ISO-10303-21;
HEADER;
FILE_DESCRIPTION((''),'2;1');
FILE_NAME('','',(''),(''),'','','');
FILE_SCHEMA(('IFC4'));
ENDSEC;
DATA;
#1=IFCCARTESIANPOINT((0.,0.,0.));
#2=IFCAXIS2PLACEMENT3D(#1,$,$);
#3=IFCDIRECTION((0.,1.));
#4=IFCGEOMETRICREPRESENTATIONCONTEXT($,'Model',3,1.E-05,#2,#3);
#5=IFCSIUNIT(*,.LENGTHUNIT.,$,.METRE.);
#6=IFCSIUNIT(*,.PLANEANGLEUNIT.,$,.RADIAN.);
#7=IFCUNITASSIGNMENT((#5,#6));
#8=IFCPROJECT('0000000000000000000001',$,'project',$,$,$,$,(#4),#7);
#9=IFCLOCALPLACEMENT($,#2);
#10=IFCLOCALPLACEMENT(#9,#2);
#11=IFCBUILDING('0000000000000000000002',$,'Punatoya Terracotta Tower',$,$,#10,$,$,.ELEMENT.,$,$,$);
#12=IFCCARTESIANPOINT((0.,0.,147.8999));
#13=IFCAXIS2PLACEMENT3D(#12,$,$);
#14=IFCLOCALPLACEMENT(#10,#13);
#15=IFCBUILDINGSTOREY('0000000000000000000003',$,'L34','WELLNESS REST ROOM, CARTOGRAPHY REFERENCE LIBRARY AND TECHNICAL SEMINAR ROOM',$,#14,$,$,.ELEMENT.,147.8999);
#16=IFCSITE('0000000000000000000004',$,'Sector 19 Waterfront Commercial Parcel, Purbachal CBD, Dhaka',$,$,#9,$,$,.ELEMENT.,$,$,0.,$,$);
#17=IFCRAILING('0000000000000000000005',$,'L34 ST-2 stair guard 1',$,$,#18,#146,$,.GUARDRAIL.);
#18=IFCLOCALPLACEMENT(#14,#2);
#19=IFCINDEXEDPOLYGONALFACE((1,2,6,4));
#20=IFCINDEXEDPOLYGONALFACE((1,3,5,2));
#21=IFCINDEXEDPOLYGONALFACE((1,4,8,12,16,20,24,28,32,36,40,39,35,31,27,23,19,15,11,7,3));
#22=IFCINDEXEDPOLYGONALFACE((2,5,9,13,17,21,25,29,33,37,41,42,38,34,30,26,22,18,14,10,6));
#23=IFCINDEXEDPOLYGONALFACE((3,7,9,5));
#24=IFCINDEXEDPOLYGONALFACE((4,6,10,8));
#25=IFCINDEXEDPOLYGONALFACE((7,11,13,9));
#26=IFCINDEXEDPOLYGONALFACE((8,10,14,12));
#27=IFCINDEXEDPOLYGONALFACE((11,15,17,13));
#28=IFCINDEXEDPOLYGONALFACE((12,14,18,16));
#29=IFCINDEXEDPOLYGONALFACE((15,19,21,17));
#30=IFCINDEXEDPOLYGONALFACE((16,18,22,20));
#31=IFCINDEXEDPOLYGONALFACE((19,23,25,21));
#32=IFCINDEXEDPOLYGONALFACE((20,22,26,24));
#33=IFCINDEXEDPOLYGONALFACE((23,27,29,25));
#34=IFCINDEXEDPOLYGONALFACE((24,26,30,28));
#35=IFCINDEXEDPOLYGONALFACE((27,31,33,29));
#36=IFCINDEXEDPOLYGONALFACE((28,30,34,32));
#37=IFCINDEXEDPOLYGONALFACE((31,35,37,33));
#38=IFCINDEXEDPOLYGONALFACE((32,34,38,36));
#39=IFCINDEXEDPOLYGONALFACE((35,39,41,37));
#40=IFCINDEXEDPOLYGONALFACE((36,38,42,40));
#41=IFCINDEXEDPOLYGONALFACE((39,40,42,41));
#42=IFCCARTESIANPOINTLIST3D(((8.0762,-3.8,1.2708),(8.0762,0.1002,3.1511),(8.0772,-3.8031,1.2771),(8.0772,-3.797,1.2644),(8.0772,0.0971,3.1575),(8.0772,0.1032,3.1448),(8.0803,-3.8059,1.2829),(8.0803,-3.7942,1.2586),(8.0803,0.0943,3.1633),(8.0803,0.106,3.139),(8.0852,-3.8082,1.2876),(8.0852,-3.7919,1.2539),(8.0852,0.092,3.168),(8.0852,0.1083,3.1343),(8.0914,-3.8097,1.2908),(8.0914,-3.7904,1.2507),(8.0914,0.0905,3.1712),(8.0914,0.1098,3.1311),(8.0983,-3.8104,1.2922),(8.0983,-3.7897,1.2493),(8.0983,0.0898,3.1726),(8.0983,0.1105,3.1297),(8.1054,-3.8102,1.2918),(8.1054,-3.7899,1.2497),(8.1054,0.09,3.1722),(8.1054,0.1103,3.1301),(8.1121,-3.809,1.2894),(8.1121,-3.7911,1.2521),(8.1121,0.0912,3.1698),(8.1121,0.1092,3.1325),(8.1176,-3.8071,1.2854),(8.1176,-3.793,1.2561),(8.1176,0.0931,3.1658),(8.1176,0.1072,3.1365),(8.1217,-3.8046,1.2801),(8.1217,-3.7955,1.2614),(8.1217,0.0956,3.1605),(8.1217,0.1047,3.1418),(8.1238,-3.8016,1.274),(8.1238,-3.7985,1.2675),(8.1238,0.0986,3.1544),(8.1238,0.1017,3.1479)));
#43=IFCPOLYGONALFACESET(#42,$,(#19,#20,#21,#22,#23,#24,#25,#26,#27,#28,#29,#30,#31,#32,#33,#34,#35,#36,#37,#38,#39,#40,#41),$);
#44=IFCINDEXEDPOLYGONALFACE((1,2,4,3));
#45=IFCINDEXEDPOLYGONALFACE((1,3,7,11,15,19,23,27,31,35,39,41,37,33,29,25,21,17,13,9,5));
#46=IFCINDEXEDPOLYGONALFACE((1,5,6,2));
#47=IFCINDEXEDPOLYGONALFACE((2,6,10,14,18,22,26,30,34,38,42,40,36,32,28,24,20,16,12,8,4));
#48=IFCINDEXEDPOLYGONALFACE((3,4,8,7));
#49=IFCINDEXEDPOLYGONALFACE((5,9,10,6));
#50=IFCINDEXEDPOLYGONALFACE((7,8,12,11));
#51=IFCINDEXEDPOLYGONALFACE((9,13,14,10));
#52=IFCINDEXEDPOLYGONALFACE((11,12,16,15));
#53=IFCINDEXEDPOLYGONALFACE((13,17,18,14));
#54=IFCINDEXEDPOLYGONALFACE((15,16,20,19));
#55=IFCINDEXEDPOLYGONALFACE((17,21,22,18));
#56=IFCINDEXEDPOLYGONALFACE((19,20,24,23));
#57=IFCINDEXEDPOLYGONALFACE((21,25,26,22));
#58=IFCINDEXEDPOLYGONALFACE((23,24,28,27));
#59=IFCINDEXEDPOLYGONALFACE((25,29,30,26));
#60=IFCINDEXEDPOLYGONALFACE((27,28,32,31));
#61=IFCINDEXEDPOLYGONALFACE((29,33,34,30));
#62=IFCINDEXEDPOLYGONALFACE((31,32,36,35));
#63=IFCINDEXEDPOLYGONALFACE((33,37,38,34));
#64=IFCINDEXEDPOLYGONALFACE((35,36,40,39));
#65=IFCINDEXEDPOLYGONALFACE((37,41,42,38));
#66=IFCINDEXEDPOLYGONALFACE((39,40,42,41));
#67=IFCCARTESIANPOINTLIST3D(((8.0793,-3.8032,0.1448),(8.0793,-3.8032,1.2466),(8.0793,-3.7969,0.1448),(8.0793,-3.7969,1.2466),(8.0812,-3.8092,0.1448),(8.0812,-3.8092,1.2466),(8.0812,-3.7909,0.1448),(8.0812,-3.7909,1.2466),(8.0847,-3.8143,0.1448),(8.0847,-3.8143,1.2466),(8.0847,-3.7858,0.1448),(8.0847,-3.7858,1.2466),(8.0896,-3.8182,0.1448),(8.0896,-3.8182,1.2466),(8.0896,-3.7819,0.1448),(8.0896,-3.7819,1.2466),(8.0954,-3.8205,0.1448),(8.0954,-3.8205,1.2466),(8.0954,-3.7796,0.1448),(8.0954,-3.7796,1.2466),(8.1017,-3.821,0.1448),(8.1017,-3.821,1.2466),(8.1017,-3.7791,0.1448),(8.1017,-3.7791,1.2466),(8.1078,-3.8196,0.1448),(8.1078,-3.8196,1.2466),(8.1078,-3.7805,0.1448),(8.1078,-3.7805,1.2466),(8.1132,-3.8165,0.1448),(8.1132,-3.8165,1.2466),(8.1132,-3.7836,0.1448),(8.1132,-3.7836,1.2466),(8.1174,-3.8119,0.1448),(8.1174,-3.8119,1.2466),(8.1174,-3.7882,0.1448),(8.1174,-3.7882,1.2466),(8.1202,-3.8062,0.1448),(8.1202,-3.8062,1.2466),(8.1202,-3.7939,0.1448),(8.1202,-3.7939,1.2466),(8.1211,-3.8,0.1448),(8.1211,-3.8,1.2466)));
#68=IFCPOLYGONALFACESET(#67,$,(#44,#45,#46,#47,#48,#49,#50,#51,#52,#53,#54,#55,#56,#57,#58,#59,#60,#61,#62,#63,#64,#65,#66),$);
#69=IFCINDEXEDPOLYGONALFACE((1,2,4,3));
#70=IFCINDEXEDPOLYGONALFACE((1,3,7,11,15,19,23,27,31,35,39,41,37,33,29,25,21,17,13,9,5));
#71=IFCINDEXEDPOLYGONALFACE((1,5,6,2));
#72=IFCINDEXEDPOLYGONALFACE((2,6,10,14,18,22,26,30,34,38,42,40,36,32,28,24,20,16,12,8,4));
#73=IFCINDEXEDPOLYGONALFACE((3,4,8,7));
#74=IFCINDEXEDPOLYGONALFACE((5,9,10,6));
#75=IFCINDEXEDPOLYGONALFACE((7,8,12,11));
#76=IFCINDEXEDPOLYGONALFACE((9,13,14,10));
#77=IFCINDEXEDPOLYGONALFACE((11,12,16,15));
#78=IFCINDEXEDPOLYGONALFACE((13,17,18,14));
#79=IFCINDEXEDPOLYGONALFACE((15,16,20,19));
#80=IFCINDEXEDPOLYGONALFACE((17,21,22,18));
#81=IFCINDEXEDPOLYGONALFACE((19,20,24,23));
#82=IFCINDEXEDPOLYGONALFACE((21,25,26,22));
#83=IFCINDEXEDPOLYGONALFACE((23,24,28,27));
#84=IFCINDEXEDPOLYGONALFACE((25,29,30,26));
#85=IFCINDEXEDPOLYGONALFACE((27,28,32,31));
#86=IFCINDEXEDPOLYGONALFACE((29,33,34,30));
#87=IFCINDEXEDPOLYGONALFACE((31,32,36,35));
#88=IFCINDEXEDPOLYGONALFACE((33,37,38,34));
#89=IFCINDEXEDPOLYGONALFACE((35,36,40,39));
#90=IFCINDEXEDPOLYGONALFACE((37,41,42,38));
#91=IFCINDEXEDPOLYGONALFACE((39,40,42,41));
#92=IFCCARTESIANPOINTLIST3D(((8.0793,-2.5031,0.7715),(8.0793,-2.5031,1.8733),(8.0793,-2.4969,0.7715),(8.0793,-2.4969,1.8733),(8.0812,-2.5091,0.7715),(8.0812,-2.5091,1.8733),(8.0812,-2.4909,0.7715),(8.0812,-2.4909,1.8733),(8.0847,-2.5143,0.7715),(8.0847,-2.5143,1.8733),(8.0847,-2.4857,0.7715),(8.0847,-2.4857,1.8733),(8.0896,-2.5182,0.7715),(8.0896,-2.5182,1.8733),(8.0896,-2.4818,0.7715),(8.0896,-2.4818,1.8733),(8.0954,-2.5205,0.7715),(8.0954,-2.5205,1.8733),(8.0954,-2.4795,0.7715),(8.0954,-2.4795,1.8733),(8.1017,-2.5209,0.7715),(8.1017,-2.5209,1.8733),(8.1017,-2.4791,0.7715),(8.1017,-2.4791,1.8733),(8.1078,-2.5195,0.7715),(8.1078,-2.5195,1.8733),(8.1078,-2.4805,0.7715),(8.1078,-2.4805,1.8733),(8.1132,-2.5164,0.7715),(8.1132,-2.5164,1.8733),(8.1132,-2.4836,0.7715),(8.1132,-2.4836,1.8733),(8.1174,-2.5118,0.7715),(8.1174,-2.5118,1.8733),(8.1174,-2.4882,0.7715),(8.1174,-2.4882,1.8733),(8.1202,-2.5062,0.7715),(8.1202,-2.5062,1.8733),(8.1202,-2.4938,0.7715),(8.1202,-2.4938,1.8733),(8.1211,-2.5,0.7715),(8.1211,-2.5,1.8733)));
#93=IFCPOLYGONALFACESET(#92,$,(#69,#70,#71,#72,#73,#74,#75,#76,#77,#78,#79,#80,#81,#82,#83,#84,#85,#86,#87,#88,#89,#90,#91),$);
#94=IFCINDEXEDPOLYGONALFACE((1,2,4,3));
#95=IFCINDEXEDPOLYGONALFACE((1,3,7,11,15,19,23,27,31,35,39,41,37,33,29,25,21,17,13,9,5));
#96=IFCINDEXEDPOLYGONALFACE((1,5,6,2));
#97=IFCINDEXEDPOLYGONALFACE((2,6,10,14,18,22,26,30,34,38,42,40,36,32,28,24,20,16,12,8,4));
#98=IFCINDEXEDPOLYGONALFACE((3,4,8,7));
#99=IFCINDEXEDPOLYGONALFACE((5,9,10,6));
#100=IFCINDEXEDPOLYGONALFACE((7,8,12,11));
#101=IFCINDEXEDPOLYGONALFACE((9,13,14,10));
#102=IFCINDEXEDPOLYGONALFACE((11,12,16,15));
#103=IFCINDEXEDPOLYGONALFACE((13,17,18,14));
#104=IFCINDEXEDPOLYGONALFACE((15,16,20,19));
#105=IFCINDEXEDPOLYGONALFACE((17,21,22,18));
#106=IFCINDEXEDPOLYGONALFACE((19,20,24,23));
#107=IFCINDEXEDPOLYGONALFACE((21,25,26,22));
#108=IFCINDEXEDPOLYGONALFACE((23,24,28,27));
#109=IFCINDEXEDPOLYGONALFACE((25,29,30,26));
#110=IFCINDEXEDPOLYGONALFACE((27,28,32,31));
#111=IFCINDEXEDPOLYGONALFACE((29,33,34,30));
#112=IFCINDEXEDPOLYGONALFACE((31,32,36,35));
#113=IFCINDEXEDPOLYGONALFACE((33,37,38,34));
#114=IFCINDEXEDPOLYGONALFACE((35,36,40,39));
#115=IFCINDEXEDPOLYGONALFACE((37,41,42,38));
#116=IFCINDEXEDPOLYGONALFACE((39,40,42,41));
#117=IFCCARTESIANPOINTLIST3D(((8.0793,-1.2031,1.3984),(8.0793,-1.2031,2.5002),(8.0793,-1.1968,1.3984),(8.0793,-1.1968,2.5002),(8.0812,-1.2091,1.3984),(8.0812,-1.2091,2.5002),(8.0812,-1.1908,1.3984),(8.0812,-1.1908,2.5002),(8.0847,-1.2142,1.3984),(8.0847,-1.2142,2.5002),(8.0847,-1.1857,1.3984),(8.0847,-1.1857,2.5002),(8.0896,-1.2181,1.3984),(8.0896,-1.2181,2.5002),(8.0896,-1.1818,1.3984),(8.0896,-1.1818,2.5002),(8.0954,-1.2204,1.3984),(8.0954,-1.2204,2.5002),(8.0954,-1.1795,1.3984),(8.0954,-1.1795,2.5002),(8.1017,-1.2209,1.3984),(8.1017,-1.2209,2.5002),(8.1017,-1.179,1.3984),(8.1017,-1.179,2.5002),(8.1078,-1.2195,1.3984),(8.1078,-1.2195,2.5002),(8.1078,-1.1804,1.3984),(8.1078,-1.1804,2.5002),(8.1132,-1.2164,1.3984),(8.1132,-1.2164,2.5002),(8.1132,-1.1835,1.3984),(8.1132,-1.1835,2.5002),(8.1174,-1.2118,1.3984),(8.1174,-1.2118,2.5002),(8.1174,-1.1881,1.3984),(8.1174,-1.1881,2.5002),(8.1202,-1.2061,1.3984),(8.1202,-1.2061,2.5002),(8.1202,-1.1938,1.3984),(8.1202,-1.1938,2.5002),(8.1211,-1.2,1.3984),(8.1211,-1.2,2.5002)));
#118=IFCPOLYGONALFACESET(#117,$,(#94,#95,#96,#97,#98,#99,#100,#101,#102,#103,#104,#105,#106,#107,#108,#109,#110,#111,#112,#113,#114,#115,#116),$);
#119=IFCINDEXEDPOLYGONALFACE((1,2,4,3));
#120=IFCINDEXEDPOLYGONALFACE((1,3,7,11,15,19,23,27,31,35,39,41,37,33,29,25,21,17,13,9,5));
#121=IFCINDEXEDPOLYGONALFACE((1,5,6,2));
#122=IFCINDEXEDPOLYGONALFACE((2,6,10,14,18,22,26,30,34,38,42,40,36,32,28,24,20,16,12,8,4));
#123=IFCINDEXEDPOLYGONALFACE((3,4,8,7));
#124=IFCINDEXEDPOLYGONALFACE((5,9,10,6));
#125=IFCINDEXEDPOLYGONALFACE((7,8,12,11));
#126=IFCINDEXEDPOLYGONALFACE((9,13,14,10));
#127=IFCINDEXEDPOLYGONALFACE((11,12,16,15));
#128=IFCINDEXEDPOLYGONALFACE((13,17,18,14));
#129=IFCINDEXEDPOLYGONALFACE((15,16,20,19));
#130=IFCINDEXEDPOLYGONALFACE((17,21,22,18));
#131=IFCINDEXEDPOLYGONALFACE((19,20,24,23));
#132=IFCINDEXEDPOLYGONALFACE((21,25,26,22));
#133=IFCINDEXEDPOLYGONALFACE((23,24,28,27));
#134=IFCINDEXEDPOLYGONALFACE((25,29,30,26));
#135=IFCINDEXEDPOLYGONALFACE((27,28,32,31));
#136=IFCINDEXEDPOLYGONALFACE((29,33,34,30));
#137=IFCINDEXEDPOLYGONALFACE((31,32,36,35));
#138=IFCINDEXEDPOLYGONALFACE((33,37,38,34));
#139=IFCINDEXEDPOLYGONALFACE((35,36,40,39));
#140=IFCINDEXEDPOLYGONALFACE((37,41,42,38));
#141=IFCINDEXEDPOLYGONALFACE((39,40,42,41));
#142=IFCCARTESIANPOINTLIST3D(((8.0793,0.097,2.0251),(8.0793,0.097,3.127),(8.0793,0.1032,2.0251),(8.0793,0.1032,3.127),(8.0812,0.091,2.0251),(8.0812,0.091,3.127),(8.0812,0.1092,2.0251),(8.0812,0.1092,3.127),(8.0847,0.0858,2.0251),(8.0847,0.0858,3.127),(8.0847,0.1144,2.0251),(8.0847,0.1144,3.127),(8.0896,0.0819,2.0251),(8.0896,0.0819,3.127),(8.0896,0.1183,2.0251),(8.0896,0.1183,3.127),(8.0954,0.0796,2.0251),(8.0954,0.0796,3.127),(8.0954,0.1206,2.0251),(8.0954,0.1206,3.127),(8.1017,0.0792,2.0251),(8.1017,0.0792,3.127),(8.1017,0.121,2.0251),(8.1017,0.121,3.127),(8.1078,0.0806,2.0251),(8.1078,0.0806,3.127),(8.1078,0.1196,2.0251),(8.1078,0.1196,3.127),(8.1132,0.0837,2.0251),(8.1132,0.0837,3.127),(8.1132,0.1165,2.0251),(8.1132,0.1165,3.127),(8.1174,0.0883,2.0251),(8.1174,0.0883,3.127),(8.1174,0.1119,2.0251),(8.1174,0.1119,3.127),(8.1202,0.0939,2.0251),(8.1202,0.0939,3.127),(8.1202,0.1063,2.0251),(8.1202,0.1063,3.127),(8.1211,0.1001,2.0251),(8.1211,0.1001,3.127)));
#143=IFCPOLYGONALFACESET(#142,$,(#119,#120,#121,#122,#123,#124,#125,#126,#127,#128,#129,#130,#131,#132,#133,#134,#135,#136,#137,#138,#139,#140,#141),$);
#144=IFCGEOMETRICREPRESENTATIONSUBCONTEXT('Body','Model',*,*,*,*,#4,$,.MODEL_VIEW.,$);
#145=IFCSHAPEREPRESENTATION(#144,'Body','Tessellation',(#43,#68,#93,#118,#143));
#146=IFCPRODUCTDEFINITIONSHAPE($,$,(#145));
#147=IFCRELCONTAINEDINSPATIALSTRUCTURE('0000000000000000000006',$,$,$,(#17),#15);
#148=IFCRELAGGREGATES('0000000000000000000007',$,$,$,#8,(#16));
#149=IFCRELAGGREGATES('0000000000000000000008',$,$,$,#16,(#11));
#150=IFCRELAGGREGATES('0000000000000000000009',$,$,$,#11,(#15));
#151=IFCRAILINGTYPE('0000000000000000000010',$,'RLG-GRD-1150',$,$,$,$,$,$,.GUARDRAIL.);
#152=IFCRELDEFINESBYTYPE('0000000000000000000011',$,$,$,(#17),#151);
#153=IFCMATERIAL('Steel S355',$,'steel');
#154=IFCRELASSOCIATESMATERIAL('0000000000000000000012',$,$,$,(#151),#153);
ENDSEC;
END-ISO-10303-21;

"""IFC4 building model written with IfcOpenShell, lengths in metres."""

from ifc_helpers import new_model, si_unit, direction, frame, origin, origin_2d, place, context, subcontext, project, spatial, circle, extrude, material, type_object, element, save


model = new_model("IFC4")

# Units and contexts
model_context = context("Model", 3, precision=1e-05, world=origin(), true_north=direction((0.0, 1.0)))
body_context = subcontext(model_context, "Body", "Model", "MODEL_VIEW")
ifc_project = project(units=[si_unit("LENGTHUNIT", "METRE"), si_unit("PLANEANGLEUNIT", "RADIAN")], contexts=[model_context])

# Site, building, storey
site_placement = place(None, origin())
site = spatial("IfcSite", under=ifc_project, at=site_placement, Name="Sector 19 Waterfront Commercial Parcel, Purbachal CBD, Dhaka", CompositionType="ELEMENT", RefElevation=0.0)
building_placement = place(site_placement, origin())
building = spatial("IfcBuilding", under=site, at=building_placement, Name="Punatoya Terracotta Tower", CompositionType="ELEMENT")
storey_placement = place(building_placement, frame((0.0, 0.0, 147.8999)))
storey = spatial("IfcBuildingStorey", under=building, at=storey_placement, Name="L34", Description="WELLNESS REST ROOM, CARTOGRAPHY REFERENCE LIBRARY AND TECHNICAL SEMINAR ROOM", CompositionType="ELEMENT", Elevation=147.8999)

# Shared definitions
ifc_material_1 = material(Name="Steel S355", Category="steel")

# Railing
railing_type_1 = type_object("IfcRailingType", Name="RLG-GRD-1150", PredefinedType="GUARDRAIL", material=ifc_material_1)
railing_1_placement = place(storey_placement, frame((8.1001, -3.8, 0.1448)))
element("IfcRailing", 1, at=railing_1_placement, inside=storey, type_object=railing_type_1, Name="L34 ST-2 stair guard 1", PredefinedType="GUARDRAIL", context=body_context, shape_type="SweptSolid", body=[
    extrude(circle(Radius=0.0239, at=origin_2d()), frame((0.0, 0.0, 1.126), z_axis=(0.0, 0.900774, 0.434289), x_axis=(-1.0, 0.0, 0.0)), (0.0, 0.0, 1.0), 4.3298),
    extrude(circle(Radius=0.021, at=origin_2d()), origin(), (0.0, 0.0, 1.0), 1.1018),
    extrude(circle(Radius=0.021, at=origin_2d()), frame((0.0, 1.3, 0.6267)), (0.0, 0.0, 1.0), 1.1018),
    extrude(circle(Radius=0.021, at=origin_2d()), frame((0.0, 2.6001, 1.2537)), (0.0, 0.0, 1.0), 1.1018),
    extrude(circle(Radius=0.021, at=origin_2d()), frame((0.0, 3.9001, 1.8804)), (0.0, 0.0, 1.0), 1.1018),
])

save(model, "model.ifc")
